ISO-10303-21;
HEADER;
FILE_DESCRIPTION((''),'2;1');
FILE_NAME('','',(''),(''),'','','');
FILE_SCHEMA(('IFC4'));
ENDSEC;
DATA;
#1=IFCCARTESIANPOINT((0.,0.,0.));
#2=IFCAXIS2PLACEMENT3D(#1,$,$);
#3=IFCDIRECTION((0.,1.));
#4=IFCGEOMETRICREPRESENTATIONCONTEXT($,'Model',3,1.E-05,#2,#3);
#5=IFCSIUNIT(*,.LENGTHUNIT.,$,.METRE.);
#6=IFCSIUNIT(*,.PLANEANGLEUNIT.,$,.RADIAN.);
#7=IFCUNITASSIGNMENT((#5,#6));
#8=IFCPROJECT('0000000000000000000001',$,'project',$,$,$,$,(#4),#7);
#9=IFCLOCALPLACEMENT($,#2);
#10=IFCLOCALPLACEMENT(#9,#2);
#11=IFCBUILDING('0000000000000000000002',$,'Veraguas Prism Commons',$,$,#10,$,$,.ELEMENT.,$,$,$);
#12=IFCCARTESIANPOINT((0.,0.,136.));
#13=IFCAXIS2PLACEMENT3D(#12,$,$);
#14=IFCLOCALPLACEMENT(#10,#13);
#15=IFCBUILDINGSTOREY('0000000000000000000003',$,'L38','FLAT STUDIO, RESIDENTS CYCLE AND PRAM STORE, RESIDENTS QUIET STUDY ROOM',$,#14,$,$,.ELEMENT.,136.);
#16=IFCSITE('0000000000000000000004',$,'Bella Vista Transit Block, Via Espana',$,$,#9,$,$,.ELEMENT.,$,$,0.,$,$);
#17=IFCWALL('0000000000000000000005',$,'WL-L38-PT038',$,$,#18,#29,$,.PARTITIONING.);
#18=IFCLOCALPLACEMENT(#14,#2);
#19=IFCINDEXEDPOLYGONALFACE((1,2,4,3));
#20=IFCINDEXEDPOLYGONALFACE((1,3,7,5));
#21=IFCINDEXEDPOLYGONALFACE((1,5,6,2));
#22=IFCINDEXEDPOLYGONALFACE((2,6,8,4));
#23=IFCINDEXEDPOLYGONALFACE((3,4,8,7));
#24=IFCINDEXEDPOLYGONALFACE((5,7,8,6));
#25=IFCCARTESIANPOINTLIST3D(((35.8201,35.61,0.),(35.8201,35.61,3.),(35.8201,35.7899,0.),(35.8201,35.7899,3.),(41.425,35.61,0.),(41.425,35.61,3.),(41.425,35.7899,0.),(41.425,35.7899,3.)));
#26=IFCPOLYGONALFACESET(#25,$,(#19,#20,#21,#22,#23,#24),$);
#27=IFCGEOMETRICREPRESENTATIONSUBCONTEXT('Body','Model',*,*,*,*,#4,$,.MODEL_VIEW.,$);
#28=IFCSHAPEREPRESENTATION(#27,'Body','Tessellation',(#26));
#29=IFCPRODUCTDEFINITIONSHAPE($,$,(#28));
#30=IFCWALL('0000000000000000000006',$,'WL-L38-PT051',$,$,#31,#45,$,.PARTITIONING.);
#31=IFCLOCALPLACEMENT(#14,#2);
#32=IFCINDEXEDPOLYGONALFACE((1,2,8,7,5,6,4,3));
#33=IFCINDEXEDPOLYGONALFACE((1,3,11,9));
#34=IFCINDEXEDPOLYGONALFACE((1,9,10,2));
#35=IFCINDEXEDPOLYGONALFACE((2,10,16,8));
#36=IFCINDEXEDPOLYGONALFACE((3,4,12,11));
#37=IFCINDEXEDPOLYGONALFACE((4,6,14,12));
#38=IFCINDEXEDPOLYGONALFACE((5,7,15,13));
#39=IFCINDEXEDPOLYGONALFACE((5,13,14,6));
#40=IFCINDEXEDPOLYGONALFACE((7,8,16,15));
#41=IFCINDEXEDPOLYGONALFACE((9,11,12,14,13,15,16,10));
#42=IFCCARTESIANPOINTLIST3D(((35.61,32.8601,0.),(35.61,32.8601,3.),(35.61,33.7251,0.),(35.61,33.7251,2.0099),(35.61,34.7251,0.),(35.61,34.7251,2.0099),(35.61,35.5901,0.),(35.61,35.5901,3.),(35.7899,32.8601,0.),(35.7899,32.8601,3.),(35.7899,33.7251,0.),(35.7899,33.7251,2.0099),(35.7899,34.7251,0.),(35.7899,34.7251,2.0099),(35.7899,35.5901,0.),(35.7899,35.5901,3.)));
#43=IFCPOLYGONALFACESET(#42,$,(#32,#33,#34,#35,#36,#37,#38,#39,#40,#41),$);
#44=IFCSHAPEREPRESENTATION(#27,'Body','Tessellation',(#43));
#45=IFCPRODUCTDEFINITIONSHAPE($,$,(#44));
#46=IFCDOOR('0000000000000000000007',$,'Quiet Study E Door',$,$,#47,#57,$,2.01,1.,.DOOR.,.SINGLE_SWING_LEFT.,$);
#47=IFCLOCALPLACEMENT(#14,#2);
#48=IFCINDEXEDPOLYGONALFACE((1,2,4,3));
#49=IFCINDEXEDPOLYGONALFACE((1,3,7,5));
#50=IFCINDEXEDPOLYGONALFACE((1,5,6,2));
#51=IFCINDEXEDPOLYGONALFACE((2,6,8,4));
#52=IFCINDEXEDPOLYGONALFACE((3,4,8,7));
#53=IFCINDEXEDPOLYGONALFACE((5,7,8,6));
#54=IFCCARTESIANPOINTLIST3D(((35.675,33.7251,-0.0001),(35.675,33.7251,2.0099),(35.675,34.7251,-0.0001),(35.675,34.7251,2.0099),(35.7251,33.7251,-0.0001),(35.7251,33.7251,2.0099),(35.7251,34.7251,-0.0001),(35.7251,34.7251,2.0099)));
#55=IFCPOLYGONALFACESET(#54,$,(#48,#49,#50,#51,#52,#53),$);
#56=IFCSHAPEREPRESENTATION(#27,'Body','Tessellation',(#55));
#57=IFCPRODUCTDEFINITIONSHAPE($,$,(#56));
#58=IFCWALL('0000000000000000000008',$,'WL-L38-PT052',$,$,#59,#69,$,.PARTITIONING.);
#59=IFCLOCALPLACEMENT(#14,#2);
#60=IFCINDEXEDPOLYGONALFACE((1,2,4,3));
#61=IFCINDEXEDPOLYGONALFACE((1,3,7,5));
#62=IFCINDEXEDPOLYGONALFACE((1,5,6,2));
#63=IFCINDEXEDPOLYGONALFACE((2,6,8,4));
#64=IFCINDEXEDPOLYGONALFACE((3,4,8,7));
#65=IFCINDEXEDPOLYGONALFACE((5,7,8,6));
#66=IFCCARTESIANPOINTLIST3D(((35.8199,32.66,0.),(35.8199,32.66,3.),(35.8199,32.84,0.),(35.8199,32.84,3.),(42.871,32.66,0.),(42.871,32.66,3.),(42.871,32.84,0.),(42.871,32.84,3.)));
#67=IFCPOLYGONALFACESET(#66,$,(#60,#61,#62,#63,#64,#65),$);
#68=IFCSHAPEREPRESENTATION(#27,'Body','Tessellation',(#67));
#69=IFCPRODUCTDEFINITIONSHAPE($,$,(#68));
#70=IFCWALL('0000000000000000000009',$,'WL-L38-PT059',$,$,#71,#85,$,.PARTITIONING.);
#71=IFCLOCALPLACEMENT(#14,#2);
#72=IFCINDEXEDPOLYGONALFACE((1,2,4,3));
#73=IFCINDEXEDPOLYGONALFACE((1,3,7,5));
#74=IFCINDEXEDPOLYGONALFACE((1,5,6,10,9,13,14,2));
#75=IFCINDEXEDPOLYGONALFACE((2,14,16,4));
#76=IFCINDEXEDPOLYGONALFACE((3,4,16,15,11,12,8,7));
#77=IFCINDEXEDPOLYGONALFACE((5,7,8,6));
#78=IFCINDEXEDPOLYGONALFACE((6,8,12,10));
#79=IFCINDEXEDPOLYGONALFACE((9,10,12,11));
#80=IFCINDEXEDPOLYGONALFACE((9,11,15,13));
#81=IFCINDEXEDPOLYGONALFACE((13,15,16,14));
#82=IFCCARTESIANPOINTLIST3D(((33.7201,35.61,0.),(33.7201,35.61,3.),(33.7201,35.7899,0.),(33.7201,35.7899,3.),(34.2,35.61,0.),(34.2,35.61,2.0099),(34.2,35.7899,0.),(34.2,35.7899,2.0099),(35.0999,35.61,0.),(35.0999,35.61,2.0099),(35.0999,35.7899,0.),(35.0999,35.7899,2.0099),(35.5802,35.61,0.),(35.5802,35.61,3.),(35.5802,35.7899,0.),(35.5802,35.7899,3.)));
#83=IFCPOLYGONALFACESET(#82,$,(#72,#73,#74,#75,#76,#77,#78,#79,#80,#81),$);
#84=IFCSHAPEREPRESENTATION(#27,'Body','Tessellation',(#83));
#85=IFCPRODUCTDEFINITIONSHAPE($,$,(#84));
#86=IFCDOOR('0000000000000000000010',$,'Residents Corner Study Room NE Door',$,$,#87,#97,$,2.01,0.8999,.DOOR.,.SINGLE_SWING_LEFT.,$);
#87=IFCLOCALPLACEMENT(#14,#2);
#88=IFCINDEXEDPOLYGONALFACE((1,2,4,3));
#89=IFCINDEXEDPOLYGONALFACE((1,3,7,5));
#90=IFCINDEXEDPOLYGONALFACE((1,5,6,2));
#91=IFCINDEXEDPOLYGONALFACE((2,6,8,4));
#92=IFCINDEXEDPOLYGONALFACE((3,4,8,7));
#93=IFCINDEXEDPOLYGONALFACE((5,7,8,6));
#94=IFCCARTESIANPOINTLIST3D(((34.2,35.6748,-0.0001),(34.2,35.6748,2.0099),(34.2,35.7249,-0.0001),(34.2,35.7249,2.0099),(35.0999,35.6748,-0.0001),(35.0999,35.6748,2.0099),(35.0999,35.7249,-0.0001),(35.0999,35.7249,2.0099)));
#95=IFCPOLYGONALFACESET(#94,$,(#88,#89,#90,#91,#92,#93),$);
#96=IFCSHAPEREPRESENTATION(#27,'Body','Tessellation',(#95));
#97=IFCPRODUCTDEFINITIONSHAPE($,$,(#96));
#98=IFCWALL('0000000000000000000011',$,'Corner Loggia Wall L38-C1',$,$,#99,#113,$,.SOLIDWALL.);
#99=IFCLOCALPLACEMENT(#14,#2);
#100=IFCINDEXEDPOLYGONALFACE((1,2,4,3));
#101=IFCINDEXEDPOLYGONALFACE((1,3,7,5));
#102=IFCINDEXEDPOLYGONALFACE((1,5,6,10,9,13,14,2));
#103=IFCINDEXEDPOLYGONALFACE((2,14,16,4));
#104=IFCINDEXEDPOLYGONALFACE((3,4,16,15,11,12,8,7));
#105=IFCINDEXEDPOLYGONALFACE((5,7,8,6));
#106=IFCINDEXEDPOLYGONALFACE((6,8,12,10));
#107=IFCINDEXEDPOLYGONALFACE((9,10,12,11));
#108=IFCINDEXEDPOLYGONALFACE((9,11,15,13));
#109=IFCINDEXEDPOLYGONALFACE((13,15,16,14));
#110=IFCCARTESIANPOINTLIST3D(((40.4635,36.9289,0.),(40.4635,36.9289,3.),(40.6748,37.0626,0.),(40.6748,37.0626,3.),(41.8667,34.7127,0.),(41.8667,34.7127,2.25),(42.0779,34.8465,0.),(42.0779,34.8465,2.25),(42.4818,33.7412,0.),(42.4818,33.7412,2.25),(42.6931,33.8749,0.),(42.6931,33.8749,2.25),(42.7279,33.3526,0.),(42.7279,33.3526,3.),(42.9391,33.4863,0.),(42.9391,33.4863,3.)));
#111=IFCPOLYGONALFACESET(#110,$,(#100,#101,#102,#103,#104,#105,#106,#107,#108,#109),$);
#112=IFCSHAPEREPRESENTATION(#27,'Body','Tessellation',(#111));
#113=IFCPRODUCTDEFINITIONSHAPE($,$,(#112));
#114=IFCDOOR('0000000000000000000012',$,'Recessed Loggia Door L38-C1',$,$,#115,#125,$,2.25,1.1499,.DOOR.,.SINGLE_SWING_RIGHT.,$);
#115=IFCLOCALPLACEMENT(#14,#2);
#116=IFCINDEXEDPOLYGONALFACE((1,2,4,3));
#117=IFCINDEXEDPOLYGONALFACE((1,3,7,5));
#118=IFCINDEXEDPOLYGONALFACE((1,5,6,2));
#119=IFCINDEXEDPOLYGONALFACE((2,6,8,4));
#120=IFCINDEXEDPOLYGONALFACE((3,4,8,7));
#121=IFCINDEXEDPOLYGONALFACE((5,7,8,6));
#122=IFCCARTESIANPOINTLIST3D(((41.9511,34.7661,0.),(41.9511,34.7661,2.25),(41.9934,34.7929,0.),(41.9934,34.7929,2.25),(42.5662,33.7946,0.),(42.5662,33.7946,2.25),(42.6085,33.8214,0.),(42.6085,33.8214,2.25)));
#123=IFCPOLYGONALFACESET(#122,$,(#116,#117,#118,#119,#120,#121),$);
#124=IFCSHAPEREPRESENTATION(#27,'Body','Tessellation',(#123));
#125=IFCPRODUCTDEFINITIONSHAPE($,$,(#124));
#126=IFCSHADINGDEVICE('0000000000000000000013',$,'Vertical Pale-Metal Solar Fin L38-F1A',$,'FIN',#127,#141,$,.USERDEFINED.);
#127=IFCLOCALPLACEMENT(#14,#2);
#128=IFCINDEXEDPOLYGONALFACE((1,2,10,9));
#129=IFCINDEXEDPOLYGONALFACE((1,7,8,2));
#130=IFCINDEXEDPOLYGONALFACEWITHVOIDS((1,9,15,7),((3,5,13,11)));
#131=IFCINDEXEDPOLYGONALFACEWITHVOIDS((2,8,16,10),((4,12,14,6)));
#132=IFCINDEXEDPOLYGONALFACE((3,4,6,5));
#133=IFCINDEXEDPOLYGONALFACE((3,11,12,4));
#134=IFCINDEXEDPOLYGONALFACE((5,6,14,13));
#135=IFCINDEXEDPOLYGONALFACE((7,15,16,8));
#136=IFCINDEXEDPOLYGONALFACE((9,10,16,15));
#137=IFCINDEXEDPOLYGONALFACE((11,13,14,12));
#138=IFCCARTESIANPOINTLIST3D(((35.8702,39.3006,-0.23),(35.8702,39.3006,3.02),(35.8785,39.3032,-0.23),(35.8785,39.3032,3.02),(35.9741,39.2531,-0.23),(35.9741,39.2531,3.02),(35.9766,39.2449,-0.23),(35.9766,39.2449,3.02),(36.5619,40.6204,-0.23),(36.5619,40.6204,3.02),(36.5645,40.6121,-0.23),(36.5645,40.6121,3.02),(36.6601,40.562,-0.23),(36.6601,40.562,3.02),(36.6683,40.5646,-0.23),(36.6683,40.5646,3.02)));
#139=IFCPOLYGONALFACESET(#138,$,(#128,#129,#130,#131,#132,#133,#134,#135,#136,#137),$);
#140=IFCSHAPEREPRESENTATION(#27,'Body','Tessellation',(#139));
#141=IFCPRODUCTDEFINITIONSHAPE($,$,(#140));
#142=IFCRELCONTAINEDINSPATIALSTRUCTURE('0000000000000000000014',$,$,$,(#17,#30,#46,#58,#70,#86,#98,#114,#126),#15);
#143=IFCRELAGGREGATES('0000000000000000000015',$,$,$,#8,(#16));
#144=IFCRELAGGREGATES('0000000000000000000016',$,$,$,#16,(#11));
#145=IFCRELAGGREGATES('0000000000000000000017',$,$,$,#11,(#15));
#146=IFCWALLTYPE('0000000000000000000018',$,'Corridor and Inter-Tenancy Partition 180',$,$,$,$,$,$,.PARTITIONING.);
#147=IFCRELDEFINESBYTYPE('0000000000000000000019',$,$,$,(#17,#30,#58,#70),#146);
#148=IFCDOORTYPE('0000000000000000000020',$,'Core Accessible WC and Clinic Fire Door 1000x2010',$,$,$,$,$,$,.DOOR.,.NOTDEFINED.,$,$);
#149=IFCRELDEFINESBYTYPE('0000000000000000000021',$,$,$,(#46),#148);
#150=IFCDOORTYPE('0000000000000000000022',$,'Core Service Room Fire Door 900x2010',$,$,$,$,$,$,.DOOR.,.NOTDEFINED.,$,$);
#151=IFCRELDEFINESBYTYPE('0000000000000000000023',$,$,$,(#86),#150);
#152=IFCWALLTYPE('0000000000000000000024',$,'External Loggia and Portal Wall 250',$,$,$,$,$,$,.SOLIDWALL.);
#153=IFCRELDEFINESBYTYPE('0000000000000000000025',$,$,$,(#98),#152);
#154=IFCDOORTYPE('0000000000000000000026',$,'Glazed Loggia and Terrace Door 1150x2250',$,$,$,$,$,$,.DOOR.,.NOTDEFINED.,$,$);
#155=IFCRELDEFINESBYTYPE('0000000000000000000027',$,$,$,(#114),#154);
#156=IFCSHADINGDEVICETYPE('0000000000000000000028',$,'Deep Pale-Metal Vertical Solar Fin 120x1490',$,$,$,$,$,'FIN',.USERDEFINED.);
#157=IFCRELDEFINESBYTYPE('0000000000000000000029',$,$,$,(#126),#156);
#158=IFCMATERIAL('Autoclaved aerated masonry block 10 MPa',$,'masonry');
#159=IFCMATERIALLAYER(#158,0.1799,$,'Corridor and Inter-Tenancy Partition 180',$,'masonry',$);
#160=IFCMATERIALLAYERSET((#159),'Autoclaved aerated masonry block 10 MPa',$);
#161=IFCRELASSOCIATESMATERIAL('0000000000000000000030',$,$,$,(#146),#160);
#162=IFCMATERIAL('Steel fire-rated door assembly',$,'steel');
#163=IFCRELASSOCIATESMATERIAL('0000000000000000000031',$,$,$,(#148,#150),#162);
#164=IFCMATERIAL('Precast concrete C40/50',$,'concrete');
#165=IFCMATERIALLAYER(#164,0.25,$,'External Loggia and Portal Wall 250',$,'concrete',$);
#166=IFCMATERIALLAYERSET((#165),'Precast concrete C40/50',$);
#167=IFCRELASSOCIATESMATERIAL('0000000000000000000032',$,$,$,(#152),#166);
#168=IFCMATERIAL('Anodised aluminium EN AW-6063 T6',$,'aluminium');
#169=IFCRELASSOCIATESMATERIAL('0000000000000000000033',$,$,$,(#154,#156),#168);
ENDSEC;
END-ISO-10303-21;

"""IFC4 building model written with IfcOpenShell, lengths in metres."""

from ifc_helpers import new_model, si_unit, direction, frame, frame_2d, origin, origin_2d, place, context, subcontext, project, spatial, rectangle, hollow_rectangle, extrude, source, transform, mapped, material, layer, layer_set, material_profile, profile_set, type_object, element, fill, save


model = new_model("IFC4")

# Units and contexts
model_context = context("Model", 3, precision=1e-05, world=origin(), true_north=direction((0.0, 1.0)))
body_context = subcontext(model_context, "Body", "Model", "MODEL_VIEW")
ifc_project = project(units=[si_unit("LENGTHUNIT", "METRE"), si_unit("PLANEANGLEUNIT", "RADIAN")], contexts=[model_context])

# Site, building, storey
site_placement = place(None, origin())
site = spatial("IfcSite", under=ifc_project, at=site_placement, Name="Bella Vista Transit Block, Via Espana", CompositionType="ELEMENT", RefElevation=0.0)
building_placement = place(site_placement, origin())
building = spatial("IfcBuilding", under=site, at=building_placement, Name="Veraguas Prism Commons", CompositionType="ELEMENT")
storey_placement = place(building_placement, frame((0.0, 0.0, 136.0)))
storey = spatial("IfcBuildingStorey", under=building, at=storey_placement, Name="L38", Description="FLAT STUDIO, RESIDENTS CYCLE AND PRAM STORE, RESIDENTS QUIET STUDY ROOM", CompositionType="ELEMENT", Elevation=136.0)

# Shared definitions
ifc_material_1 = material(Name="Anodised aluminium EN AW-6063 T6", Category="aluminium")

# Wall
ifc_material_2 = material(Name="Autoclaved aerated masonry block 10 MPa", Category="masonry")
ifc_layer_1 = layer(ifc_material_2, 0.1799, Name="Corridor and Inter-Tenancy Partition 180", Category="masonry")
ifc_layer_set_1 = layer_set([ifc_layer_1], Name="Autoclaved aerated masonry block 10 MPa")
wall_type_1 = type_object("IfcWallType", Name="Corridor and Inter-Tenancy Partition 180", PredefinedType="PARTITIONING", material=ifc_layer_set_1)
wall_1_placement = place(storey_placement, frame((35.8201, 35.7, 0.0), z_axis=(0.0, 0.0, 1.0), x_axis=(1.0, 0.0, 0.0)))
element("IfcWall", 1, at=wall_1_placement, inside=storey, type_object=wall_type_1, Name="WL-L38-PT038", PredefinedType="PARTITIONING", context=body_context, shape_type="SweptSolid", body=[
    extrude(rectangle(XDim=5.605, YDim=0.1799, at=frame_2d((2.8025, 0.0))), origin(), (0.0, 0.0, 1.0), 3.0),
])

# Wall, opening, door
wall_2_placement = place(storey_placement, frame((35.7, 32.8601, 0.0), z_axis=(0.0, 0.0, 1.0), x_axis=(0.0, 1.0, 0.0)))
wall_2 = element("IfcWall", 2, at=wall_2_placement, inside=storey, type_object=wall_type_1, Name="WL-L38-PT051", PredefinedType="PARTITIONING", context=body_context, shape_type="SweptSolid", body=[
    extrude(rectangle(XDim=2.73, YDim=0.1799, at=frame_2d((1.365, 0.0))), origin(), (0.0, 0.0, 1.0), 3.0),
])
opening_1_placement = place(wall_2_placement, frame((0.865, 0.0, 0.0)))
opening_1 = element("IfcOpeningElement", 3, at=opening_1_placement, cuts=wall_2, PredefinedType="OPENING", context=body_context, shape_type="SweptSolid", body=[
    extrude(rectangle(XDim=1.0, YDim=2.01, at=frame_2d((0.5, 1.0049))), frame((0.0, 0.0999, 0.0), z_axis=(0.0, -1.0, 0.0), x_axis=(1.0, 0.0, 0.0)), (0.0, 0.0, 1.0), 0.2),
])
ifc_material_3 = material(Name="Steel fire-rated door assembly", Category="steel")
door_type_1 = type_object("IfcDoorType", Name="Core Accessible WC and Clinic Fire Door 1000x2010", OperationType="NOTDEFINED", PredefinedType="DOOR", material=ifc_material_3)
shared_shape_1 = source(origin(), body_context, "Body", "SweptSolid", [
    extrude(rectangle(XDim=1.0, YDim=2.01, at=frame_2d((0.5, 1.0049))), frame((0.0, 0.0249, 0.0), z_axis=(0.0, -1.0, 0.0), x_axis=(1.0, 0.0, 0.0)), (0.0, 0.0, 1.0), 0.05),
])
door_1_placement = place(opening_1_placement, origin())
door_1 = element("IfcDoor", 4, at=door_1_placement, inside=storey, type_object=door_type_1, Name="Quiet Study E Door", OperationType="SINGLE_SWING_LEFT", OverallHeight=2.01, OverallWidth=1.0, PredefinedType="DOOR", context=body_context, shape_type="MappedRepresentation", body=[
    mapped(shared_shape_1, transform((0.0, 0.0, 0.0), scale=1.0)),
])
fill(opening_1, door_1)

# Wall
wall_3_placement = place(storey_placement, frame((35.8201, 32.75, 0.0), z_axis=(0.0, 0.0, 1.0), x_axis=(1.0, 0.0, 0.0)))
element("IfcWall", 5, at=wall_3_placement, inside=storey, type_object=wall_type_1, Name="WL-L38-PT052", PredefinedType="PARTITIONING", context=body_context, shape_type="SweptSolid", body=[
    extrude(rectangle(XDim=7.051, YDim=0.1799, at=frame_2d((3.5254, 0.0))), origin(), (0.0, 0.0, 1.0), 3.0),
])

# Walls, openings, doors
wall_4_placement = place(storey_placement, frame((33.72, 35.7, 0.0), z_axis=(0.0, 0.0, 1.0), x_axis=(1.0, 0.0, 0.0)))
wall_4 = element("IfcWall", 6, at=wall_4_placement, inside=storey, type_object=wall_type_1, Name="WL-L38-PT059", PredefinedType="PARTITIONING", context=body_context, shape_type="SweptSolid", body=[
    extrude(rectangle(XDim=1.8601, YDim=0.1799, at=frame_2d((0.9302, 0.0))), origin(), (0.0, 0.0, 1.0), 3.0),
])
opening_2_placement = place(wall_4_placement, frame((0.48, 0.0, 0.0)))
opening_2 = element("IfcOpeningElement", 7, at=opening_2_placement, cuts=wall_4, PredefinedType="OPENING", context=body_context, shape_type="SweptSolid", body=[
    extrude(rectangle(XDim=0.8999, YDim=2.01, at=frame_2d((0.45, 1.0049))), frame((0.0, 0.0999, 0.0), z_axis=(0.0, -1.0, 0.0), x_axis=(1.0, 0.0, 0.0)), (0.0, 0.0, 1.0), 0.2),
])
door_type_2 = type_object("IfcDoorType", Name="Core Service Room Fire Door 900x2010", OperationType="NOTDEFINED", PredefinedType="DOOR", material=ifc_material_3)
shared_shape_2 = source(origin(), body_context, "Body", "SweptSolid", [
    extrude(rectangle(XDim=0.8999, YDim=2.01, at=frame_2d((0.45, 1.0049))), frame((0.0, 0.0249, 0.0), z_axis=(0.0, -1.0, 0.0), x_axis=(1.0, 0.0, 0.0)), (0.0, 0.0, 1.0), 0.05),
])
door_2_placement = place(opening_2_placement, origin())
door_2 = element("IfcDoor", 8, at=door_2_placement, inside=storey, type_object=door_type_2, Name="Residents Corner Study Room NE Door", OperationType="SINGLE_SWING_LEFT", OverallHeight=2.01, OverallWidth=0.8999, PredefinedType="DOOR", context=body_context, shape_type="MappedRepresentation", body=[
    mapped(shared_shape_2, transform((0.0, 0.0, 0.0), scale=1.0)),
])
fill(opening_2, door_2)
ifc_material_4 = material(Name="Precast concrete C40/50", Category="concrete")
ifc_layer_2 = layer(ifc_material_4, 0.25, Name="External Loggia and Portal Wall 250", Category="concrete")
ifc_layer_set_2 = layer_set([ifc_layer_2], Name="Precast concrete C40/50")
wall_type_2 = type_object("IfcWallType", Name="External Loggia and Portal Wall 250", PredefinedType="SOLIDWALL", material=ifc_layer_set_2)
wall_5_placement = place(storey_placement, frame((42.8335, 33.4194, 0.0), z_axis=(0.0, 0.0, 1.0), x_axis=(-0.534941, 0.844889, 0.0)))
wall_5 = element("IfcWall", 9, at=wall_5_placement, inside=storey, type_object=wall_type_2, Name="Corner Loggia Wall L38-C1", PredefinedType="SOLIDWALL", context=body_context, shape_type="SweptSolid", body=[
    extrude(rectangle(XDim=4.2329, YDim=0.25, at=frame_2d((2.1165, 0.0))), origin(), (0.0, 0.0, 1.0), 3.0),
])
opening_3_placement = place(wall_5_placement, frame((0.46, 0.0, 0.0)))
opening_3 = element("IfcOpeningElement", 10, at=opening_3_placement, cuts=wall_5, PredefinedType="OPENING", context=body_context, shape_type="SweptSolid", body=[
    extrude(rectangle(XDim=1.1499, YDim=2.25, at=frame_2d((0.575, 1.125))), frame((0.0, 0.135, 0.0), z_axis=(0.0, -1.0, 0.0), x_axis=(1.0, 0.0, 0.0)), (0.0, 0.0, 1.0), 0.27),
])
door_type_3 = type_object("IfcDoorType", Name="Glazed Loggia and Terrace Door 1150x2250", OperationType="NOTDEFINED", PredefinedType="DOOR", material=ifc_material_1)
shared_shape_3 = source(origin(), body_context, "Body", "SweptSolid", [
    extrude(rectangle(XDim=1.1499, YDim=2.25, at=frame_2d((0.575, 1.125))), frame((0.0, 0.0249, 0.0), z_axis=(0.0, -1.0, 0.0), x_axis=(1.0, 0.0, 0.0)), (0.0, 0.0, 1.0), 0.05),
])
door_3_placement = place(opening_3_placement, frame((1.1499, 0.0, 0.0), z_axis=(0.0, 0.0, 1.0), x_axis=(-1.0, 0.0, 0.0)))
door_3 = element("IfcDoor", 11, at=door_3_placement, inside=storey, type_object=door_type_3, Name="Recessed Loggia Door L38-C1", OperationType="SINGLE_SWING_RIGHT", OverallHeight=2.25, OverallWidth=1.1499, PredefinedType="DOOR", context=body_context, shape_type="MappedRepresentation", body=[
    mapped(shared_shape_3, transform((0.0, 0.0, 0.0), scale=1.0)),
])
fill(opening_3, door_3)

# Shading device
ifc_material_profile_1 = material_profile(ifc_material_1, hollow_rectangle(XDim=0.1201, YDim=1.49, WallThickness=0.0061, at=origin_2d()), Name="FIN120X1490X6")
ifc_profile_set_1 = profile_set([ifc_material_profile_1], Name="Anodised aluminium EN AW-6063 T6")
shading_device_type = type_object("IfcShadingDeviceType", Name="Deep Pale-Metal Vertical Solar Fin 120x1490", ElementType="FIN", PredefinedType="USERDEFINED", material=ifc_profile_set_1)
shading_device_placement = place(storey_placement, frame((36.2693, 39.9326, -0.23), z_axis=(0.0, 0.0, 1.0), x_axis=(-0.885719, 0.464222, 0.0)))
element("IfcShadingDevice", 12, at=shading_device_placement, inside=storey, type_object=shading_device_type, Name="Vertical Pale-Metal Solar Fin L38-F1A", ObjectType="FIN", PredefinedType="USERDEFINED", context=body_context, shape_type="SweptSolid", body=[
    extrude(hollow_rectangle(XDim=0.1201, YDim=1.49, WallThickness=0.0061, at=origin_2d()), origin(), (0.0, 0.0, 1.0), 3.25),
])

save(model, "model.ifc")
